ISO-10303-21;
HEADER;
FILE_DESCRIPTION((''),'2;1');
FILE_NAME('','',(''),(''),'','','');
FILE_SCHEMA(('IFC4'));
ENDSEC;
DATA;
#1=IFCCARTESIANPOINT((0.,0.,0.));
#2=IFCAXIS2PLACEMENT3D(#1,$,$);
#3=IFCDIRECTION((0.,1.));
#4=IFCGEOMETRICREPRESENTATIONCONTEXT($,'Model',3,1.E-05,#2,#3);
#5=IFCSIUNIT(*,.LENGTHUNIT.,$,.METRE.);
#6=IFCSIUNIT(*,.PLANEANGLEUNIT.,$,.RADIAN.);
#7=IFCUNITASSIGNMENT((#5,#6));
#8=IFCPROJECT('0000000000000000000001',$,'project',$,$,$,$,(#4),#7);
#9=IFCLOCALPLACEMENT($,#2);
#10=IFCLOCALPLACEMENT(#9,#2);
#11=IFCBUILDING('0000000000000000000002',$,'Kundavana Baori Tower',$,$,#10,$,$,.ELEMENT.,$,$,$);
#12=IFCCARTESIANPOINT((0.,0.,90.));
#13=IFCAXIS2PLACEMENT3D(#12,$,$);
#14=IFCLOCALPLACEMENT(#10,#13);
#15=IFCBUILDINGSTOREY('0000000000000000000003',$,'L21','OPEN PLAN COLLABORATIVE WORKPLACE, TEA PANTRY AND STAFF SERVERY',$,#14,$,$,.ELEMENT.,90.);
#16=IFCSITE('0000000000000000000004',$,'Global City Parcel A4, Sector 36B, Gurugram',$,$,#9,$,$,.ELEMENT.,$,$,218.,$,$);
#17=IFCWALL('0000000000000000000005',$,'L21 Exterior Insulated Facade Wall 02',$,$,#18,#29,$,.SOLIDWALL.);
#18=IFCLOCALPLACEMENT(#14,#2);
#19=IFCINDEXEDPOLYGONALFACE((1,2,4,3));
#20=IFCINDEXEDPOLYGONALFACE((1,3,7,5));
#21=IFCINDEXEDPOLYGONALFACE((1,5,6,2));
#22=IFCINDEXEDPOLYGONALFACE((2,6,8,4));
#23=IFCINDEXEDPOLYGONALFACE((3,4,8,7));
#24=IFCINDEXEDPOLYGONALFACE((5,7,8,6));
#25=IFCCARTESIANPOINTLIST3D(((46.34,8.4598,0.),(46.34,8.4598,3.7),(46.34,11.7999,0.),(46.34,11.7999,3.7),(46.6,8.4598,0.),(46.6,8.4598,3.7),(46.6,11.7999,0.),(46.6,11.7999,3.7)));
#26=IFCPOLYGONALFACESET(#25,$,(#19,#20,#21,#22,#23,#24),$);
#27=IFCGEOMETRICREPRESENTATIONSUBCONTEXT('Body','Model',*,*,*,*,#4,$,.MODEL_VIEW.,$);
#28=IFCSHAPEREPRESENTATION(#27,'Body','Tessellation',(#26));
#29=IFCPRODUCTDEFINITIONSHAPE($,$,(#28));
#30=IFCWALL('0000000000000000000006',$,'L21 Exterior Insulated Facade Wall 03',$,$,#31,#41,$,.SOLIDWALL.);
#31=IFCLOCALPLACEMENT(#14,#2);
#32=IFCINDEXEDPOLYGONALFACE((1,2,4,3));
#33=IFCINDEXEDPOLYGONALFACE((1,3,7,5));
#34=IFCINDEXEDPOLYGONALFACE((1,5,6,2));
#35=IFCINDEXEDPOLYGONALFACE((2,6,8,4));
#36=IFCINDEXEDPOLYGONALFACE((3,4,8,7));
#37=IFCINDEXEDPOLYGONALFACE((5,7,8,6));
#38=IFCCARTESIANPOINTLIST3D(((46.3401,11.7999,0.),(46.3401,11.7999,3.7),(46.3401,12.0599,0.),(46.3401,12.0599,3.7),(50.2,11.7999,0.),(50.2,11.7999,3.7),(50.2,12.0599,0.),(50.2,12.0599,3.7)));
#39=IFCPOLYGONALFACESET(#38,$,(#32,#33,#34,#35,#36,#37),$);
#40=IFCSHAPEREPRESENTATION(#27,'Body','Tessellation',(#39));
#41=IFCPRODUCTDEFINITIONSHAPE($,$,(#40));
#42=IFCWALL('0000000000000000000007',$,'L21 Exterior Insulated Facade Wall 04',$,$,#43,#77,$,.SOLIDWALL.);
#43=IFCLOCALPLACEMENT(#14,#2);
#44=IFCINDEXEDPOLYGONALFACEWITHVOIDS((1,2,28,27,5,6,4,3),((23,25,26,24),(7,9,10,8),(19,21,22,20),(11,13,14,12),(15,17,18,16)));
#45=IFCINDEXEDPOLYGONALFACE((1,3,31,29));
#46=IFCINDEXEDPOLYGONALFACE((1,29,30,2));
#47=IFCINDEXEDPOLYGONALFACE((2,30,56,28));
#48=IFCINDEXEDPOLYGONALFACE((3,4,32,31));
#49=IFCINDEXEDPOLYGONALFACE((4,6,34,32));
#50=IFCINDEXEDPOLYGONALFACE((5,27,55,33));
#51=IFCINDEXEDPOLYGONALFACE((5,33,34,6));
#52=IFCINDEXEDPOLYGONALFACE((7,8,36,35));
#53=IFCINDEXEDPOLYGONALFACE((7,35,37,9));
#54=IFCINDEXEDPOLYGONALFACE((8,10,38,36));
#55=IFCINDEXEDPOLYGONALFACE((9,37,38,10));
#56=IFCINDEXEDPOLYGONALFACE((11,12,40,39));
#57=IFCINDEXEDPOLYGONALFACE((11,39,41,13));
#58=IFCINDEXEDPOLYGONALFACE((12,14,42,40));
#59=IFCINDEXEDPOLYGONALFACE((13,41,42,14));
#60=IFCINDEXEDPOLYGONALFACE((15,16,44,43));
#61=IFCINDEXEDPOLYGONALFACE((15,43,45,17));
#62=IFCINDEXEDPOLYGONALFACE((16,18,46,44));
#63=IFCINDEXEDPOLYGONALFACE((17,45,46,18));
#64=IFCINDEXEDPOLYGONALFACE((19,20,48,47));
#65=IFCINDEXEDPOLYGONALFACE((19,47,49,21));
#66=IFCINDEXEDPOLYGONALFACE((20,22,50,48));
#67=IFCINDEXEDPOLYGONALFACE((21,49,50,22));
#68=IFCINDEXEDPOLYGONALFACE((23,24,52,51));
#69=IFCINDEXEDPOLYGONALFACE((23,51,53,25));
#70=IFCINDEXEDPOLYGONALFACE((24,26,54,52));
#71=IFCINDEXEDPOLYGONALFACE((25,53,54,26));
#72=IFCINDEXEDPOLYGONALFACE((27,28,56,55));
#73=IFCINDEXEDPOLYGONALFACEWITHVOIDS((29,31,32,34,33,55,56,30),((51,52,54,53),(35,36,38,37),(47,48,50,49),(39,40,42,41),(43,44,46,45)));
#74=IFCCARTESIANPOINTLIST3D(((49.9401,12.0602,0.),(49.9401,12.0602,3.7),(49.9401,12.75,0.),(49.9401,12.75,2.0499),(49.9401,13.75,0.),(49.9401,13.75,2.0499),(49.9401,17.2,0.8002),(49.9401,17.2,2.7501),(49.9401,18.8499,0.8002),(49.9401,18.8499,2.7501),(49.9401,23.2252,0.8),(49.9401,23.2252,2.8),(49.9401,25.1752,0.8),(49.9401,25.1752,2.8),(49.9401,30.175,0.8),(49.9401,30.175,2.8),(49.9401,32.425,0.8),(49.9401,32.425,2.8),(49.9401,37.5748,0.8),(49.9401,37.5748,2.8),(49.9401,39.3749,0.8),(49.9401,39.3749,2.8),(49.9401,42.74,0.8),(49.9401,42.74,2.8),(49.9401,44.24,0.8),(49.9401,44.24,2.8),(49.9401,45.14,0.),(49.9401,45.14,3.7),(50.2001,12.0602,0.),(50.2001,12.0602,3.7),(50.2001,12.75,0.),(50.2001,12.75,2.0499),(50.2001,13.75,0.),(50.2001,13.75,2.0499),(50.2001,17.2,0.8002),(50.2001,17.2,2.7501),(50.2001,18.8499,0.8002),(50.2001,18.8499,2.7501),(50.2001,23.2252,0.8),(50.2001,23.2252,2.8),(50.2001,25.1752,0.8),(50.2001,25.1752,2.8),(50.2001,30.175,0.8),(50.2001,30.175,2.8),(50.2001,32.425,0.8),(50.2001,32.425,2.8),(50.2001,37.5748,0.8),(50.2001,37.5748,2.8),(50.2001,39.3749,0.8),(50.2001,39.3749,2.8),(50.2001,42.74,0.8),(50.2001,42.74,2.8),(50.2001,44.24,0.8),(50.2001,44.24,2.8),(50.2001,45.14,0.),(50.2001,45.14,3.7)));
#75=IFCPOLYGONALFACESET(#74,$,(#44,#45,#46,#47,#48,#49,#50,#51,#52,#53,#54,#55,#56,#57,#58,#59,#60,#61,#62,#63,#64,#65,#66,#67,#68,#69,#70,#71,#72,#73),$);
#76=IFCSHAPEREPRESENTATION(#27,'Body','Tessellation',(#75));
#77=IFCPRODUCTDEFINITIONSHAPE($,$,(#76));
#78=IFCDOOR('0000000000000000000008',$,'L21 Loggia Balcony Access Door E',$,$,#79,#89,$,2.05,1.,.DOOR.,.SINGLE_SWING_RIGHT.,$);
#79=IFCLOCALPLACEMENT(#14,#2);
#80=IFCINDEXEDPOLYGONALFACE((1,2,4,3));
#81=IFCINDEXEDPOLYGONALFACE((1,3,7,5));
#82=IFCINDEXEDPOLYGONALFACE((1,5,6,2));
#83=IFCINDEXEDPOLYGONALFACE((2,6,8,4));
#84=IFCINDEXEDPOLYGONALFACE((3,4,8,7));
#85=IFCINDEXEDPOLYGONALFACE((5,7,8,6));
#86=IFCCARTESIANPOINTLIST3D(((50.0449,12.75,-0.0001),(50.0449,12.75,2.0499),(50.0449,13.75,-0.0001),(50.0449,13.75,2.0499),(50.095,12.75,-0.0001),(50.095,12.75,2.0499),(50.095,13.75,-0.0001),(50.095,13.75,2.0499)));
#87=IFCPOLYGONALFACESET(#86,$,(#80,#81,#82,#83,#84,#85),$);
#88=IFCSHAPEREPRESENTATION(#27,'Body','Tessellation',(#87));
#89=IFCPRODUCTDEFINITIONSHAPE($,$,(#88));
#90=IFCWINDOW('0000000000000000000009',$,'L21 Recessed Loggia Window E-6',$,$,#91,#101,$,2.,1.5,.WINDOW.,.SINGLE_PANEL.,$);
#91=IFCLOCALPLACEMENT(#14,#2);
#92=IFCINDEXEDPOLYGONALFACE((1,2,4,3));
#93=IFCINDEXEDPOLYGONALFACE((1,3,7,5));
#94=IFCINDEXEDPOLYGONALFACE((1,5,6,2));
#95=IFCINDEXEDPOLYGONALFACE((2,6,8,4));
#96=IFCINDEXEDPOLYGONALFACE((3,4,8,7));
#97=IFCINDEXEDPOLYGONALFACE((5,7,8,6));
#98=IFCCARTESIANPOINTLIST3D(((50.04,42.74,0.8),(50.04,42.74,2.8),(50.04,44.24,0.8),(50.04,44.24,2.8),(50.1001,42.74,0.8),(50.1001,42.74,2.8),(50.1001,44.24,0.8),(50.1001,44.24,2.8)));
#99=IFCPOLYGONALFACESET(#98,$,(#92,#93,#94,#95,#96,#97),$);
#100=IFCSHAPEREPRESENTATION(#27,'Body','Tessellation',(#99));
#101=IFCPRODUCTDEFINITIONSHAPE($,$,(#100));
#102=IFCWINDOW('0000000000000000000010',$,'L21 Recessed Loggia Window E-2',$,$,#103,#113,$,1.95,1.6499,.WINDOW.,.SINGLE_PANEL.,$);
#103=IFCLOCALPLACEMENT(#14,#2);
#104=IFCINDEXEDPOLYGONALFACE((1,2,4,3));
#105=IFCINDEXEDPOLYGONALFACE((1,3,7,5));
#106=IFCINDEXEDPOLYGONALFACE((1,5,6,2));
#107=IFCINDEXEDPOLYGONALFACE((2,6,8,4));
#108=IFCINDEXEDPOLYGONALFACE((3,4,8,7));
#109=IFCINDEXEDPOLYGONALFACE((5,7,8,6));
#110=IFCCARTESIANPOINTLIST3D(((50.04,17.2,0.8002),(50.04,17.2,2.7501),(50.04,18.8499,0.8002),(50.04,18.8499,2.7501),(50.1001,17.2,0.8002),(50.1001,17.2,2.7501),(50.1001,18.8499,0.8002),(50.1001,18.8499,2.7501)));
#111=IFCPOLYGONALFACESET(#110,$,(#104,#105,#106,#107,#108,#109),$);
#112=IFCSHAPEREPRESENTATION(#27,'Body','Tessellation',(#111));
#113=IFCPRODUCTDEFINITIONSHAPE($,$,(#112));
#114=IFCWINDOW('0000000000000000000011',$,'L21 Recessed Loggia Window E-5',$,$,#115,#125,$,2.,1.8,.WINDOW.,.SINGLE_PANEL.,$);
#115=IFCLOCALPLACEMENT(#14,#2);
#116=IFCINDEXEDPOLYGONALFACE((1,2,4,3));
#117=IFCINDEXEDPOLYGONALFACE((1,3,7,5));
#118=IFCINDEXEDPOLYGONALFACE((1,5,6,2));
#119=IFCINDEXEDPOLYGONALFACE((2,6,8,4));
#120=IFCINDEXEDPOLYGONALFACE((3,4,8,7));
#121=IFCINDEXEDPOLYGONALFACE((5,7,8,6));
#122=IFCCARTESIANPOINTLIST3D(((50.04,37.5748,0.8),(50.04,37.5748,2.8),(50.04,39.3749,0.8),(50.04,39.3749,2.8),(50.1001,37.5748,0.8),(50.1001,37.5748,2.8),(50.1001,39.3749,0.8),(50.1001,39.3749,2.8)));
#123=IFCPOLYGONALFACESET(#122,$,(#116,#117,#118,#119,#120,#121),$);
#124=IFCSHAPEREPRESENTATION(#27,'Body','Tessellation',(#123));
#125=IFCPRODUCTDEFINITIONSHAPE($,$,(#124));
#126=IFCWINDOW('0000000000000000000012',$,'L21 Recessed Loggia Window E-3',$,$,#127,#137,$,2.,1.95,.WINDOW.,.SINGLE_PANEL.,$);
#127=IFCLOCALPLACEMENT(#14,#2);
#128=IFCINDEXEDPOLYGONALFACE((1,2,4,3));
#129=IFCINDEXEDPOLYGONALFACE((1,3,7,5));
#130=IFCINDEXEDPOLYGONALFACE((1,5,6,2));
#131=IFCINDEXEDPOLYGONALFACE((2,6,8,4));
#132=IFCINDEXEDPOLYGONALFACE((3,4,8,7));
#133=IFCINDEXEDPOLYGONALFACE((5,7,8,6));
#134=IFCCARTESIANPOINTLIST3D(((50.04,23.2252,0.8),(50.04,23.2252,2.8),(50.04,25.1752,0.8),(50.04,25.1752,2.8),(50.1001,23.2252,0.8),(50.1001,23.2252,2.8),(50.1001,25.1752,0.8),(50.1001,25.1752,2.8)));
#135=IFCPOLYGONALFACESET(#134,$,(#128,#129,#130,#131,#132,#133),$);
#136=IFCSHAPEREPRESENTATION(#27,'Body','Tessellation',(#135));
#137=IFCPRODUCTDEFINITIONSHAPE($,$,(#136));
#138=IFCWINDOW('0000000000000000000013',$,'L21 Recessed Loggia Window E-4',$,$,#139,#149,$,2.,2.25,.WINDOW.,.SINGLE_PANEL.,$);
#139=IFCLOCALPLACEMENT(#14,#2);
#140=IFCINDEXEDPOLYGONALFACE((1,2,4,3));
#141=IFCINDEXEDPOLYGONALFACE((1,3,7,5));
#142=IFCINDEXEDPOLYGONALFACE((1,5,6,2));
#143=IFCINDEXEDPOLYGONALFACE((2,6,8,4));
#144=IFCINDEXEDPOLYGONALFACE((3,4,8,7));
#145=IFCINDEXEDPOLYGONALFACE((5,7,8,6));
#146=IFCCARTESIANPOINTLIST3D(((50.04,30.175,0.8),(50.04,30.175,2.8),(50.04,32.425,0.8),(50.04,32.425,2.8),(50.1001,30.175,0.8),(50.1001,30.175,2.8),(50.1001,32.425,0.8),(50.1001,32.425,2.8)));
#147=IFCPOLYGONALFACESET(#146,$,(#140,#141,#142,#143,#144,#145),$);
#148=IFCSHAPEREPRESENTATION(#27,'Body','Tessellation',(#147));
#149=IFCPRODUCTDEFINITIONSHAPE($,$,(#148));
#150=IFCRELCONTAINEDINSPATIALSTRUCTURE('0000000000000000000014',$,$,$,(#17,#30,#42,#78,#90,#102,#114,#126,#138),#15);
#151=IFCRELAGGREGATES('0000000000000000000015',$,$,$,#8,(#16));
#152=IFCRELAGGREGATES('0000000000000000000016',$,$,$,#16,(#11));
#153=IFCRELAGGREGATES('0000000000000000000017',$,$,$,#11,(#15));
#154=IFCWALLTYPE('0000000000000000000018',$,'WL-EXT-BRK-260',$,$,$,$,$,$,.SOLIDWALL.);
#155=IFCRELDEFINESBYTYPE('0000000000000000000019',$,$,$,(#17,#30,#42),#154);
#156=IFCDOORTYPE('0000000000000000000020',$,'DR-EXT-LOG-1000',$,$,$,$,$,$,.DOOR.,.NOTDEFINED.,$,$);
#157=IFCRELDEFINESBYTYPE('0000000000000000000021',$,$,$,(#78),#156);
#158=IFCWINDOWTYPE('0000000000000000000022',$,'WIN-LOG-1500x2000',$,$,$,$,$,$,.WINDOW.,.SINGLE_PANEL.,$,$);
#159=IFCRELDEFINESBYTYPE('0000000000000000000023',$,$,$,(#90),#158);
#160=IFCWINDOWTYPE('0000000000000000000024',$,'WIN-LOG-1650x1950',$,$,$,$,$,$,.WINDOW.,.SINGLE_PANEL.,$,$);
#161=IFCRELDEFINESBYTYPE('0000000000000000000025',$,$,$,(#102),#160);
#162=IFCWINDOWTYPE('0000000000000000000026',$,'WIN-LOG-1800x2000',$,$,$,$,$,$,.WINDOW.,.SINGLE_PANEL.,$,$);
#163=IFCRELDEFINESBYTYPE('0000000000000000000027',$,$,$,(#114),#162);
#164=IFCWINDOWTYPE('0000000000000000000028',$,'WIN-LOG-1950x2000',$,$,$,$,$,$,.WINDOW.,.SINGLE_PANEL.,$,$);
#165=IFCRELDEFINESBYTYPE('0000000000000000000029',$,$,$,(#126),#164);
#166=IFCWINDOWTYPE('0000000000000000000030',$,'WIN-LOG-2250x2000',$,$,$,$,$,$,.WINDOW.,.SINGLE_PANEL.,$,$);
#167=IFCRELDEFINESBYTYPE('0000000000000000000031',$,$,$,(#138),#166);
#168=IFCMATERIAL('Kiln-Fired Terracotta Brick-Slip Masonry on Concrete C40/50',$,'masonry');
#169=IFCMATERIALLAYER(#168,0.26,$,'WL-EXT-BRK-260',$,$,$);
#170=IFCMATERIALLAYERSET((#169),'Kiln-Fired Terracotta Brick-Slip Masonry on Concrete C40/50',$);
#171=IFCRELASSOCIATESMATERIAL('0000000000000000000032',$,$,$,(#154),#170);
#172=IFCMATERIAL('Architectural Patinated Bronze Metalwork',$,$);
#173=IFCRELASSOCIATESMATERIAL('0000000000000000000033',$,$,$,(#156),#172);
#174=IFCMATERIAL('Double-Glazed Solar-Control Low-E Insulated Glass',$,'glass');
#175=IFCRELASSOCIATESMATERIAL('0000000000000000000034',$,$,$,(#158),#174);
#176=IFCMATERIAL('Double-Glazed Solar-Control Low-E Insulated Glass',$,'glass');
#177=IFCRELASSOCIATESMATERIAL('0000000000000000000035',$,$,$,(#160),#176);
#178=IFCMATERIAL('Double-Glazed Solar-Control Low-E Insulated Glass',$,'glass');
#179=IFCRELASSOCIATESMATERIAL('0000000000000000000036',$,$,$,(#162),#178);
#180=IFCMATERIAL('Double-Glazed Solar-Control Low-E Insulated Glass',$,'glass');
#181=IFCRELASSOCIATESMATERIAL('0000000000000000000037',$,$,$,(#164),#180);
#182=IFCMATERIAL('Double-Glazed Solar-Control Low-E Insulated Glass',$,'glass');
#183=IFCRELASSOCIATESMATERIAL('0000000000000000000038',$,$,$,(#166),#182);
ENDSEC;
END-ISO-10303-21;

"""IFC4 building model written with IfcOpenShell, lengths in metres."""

from ifc_helpers import new_model, si_unit, direction, frame, frame_2d, origin, place, context, subcontext, project, spatial, rectangle, extrude, material, layer, layer_set, type_object, element, fill, save


model = new_model("IFC4")

# Units and contexts
model_context = context("Model", 3, precision=1e-05, world=origin(), true_north=direction((0.0, 1.0)))
body_context = subcontext(model_context, "Body", "Model", "MODEL_VIEW")
ifc_project = project(units=[si_unit("LENGTHUNIT", "METRE"), si_unit("PLANEANGLEUNIT", "RADIAN")], contexts=[model_context])

# Site, building, storey
site_placement = place(None, origin())
site = spatial("IfcSite", under=ifc_project, at=site_placement, Name="Global City Parcel A4, Sector 36B, Gurugram", CompositionType="ELEMENT", RefElevation=218.0)
building_placement = place(site_placement, origin())
building = spatial("IfcBuilding", under=site, at=building_placement, Name="Kundavana Baori Tower", CompositionType="ELEMENT")
storey_placement = place(building_placement, frame((0.0, 0.0, 90.0)))
storey = spatial("IfcBuildingStorey", under=building, at=storey_placement, Name="L21", Description="OPEN PLAN COLLABORATIVE WORKPLACE, TEA PANTRY AND STAFF SERVERY", CompositionType="ELEMENT", Elevation=90.0)

# Walls
ifc_material_1 = material(Name="Kiln-Fired Terracotta Brick-Slip Masonry on Concrete C40/50", Category="masonry")
ifc_layer_1 = layer(ifc_material_1, 0.26, Name="WL-EXT-BRK-260")
ifc_layer_set_1 = layer_set([ifc_layer_1], Name="Kiln-Fired Terracotta Brick-Slip Masonry on Concrete C40/50")
wall_type_1 = type_object("IfcWallType", Name="WL-EXT-BRK-260", PredefinedType="SOLIDWALL", material=ifc_layer_set_1)
wall_1_placement = place(storey_placement, frame((46.47, 8.46, 0.0), z_axis=(0.0, 0.0, 1.0), x_axis=(0.0, 1.0, 0.0)))
element("IfcWall", 1, at=wall_1_placement, inside=storey, type_object=wall_type_1, Name="L21 Exterior Insulated Facade Wall 02", PredefinedType="SOLIDWALL", context=body_context, shape_type="SweptSolid", body=[
    extrude(rectangle(XDim=3.3401, YDim=0.26, at=frame_2d((1.6699, 0.0))), origin(), (0.0, 0.0, 1.0), 3.7),
])
wall_2_placement = place(storey_placement, frame((46.3401, 11.9299, 0.0), z_axis=(0.0, 0.0, 1.0), x_axis=(1.0, 0.0, 0.0)))
element("IfcWall", 2, at=wall_2_placement, inside=storey, type_object=wall_type_1, Name="L21 Exterior Insulated Facade Wall 03", PredefinedType="SOLIDWALL", context=body_context, shape_type="SweptSolid", body=[
    extrude(rectangle(XDim=3.8599, YDim=0.26, at=frame_2d((1.9299, 0.0))), origin(), (0.0, 0.0, 1.0), 3.7),
])

# Wall, openings, door, windows
wall_3_placement = place(storey_placement, frame((50.0701, 12.0601, 0.0), z_axis=(0.0, 0.0, 1.0), x_axis=(0.0, 1.0, 0.0)))
wall_3 = element("IfcWall", 3, at=wall_3_placement, inside=storey, type_object=wall_type_1, Name="L21 Exterior Insulated Facade Wall 04", PredefinedType="SOLIDWALL", context=body_context, shape_type="SweptSolid", body=[
    extrude(rectangle(XDim=33.0798, YDim=0.26, at=frame_2d((16.54, 0.0))), origin(), (0.0, 0.0, 1.0), 3.7),
])
opening_1_placement = place(wall_3_placement, frame((0.6899, 0.0, 0.0)))
opening_1 = element("IfcOpeningElement", 4, at=opening_1_placement, cuts=wall_3, PredefinedType="OPENING", context=body_context, shape_type="SweptSolid", body=[
    extrude(rectangle(XDim=1.0, YDim=2.05, at=frame_2d((0.5, 1.0249))), frame((0.0, 0.1401, 0.0), z_axis=(0.0, -1.0, 0.0), x_axis=(1.0, 0.0, 0.0)), (0.0, 0.0, 1.0), 0.28),
])
opening_2_placement = place(wall_3_placement, frame((5.1399, 0.0, 0.8)))
opening_2 = element("IfcOpeningElement", 5, at=opening_2_placement, cuts=wall_3, PredefinedType="OPENING", context=body_context, shape_type="SweptSolid", body=[
    extrude(rectangle(XDim=1.6499, YDim=1.95, at=frame_2d((0.825, 0.9751))), frame((0.0, 0.1401, 0.0), z_axis=(0.0, -1.0, 0.0), x_axis=(1.0, 0.0, 0.0)), (0.0, 0.0, 1.0), 0.28),
])
opening_3_placement = place(wall_3_placement, frame((11.165, 0.0, 0.8)))
opening_3 = element("IfcOpeningElement", 6, at=opening_3_placement, cuts=wall_3, PredefinedType="OPENING", context=body_context, shape_type="SweptSolid", body=[
    extrude(rectangle(XDim=1.95, YDim=2.0, at=frame_2d((0.9751, 1.0))), frame((0.0, 0.1401, 0.0), z_axis=(0.0, -1.0, 0.0), x_axis=(1.0, 0.0, 0.0)), (0.0, 0.0, 1.0), 0.28),
])
opening_4_placement = place(wall_3_placement, frame((18.115, 0.0, 0.8)))
opening_4 = element("IfcOpeningElement", 7, at=opening_4_placement, cuts=wall_3, PredefinedType="OPENING", context=body_context, shape_type="SweptSolid", body=[
    extrude(rectangle(XDim=2.25, YDim=2.0, at=frame_2d((1.125, 1.0))), frame((0.0, 0.1401, 0.0), z_axis=(0.0, -1.0, 0.0), x_axis=(1.0, 0.0, 0.0)), (0.0, 0.0, 1.0), 0.28),
])
opening_5_placement = place(wall_3_placement, frame((25.5149, 0.0, 0.8)))
opening_5 = element("IfcOpeningElement", 8, at=opening_5_placement, cuts=wall_3, PredefinedType="OPENING", context=body_context, shape_type="SweptSolid", body=[
    extrude(rectangle(XDim=1.8, YDim=2.0, at=frame_2d((0.8999, 1.0))), frame((0.0, 0.1401, 0.0), z_axis=(0.0, -1.0, 0.0), x_axis=(1.0, 0.0, 0.0)), (0.0, 0.0, 1.0), 0.28),
])
opening_6_placement = place(wall_3_placement, frame((30.6799, 0.0, 0.8)))
opening_6 = element("IfcOpeningElement", 9, at=opening_6_placement, cuts=wall_3, PredefinedType="OPENING", context=body_context, shape_type="SweptSolid", body=[
    extrude(rectangle(XDim=1.5, YDim=2.0, at=frame_2d((0.75, 1.0))), frame((0.0, 0.1401, 0.0), z_axis=(0.0, -1.0, 0.0), x_axis=(1.0, 0.0, 0.0)), (0.0, 0.0, 1.0), 0.28),
])
ifc_material_2 = material(Name="Architectural Patinated Bronze Metalwork")
door_type_1 = type_object("IfcDoorType", Name="DR-EXT-LOG-1000", OperationType="NOTDEFINED", PredefinedType="DOOR", material=ifc_material_2)
door_1_placement = place(opening_1_placement, frame((1.0, 0.0, 0.0), z_axis=(0.0, 0.0, 1.0), x_axis=(-1.0, 0.0, 0.0)))
door_1 = element("IfcDoor", 10, at=door_1_placement, inside=storey, type_object=door_type_1, Name="L21 Loggia Balcony Access Door E", OperationType="SINGLE_SWING_RIGHT", OverallHeight=2.05, OverallWidth=1.0, PredefinedType="DOOR", context=body_context, shape_type="SweptSolid", body=[
    extrude(rectangle(XDim=1.0, YDim=2.05, at=frame_2d((0.5, 1.0249))), frame((0.0, 0.0249, 0.0), z_axis=(0.0, -1.0, 0.0), x_axis=(1.0, 0.0, 0.0)), (0.0, 0.0, 1.0), 0.05),
])
fill(opening_1, door_1)
ifc_material_3 = material(Name="Double-Glazed Solar-Control Low-E Insulated Glass", Category="glass")
window_type_1 = type_object("IfcWindowType", Name="WIN-LOG-1500x2000", PartitioningType="SINGLE_PANEL", PredefinedType="WINDOW", material=ifc_material_3)
window_1_placement = place(opening_6_placement, origin())
window_1 = element("IfcWindow", 11, at=window_1_placement, inside=storey, type_object=window_type_1, Name="L21 Recessed Loggia Window E-6", OverallHeight=2.0, OverallWidth=1.5, PartitioningType="SINGLE_PANEL", PredefinedType="WINDOW", context=body_context, shape_type="SweptSolid", body=[
    extrude(rectangle(XDim=1.5, YDim=2.0, at=frame_2d((0.75, 1.0))), frame((0.0, 0.03, 0.0), z_axis=(0.0, -1.0, 0.0), x_axis=(1.0, 0.0, 0.0)), (0.0, 0.0, 1.0), 0.0601),
])
fill(opening_6, window_1)
ifc_material_4 = material(Name="Double-Glazed Solar-Control Low-E Insulated Glass", Category="glass")
window_type_2 = type_object("IfcWindowType", Name="WIN-LOG-1650x1950", PartitioningType="SINGLE_PANEL", PredefinedType="WINDOW", material=ifc_material_4)
window_2_placement = place(opening_2_placement, origin())
window_2 = element("IfcWindow", 12, at=window_2_placement, inside=storey, type_object=window_type_2, Name="L21 Recessed Loggia Window E-2", OverallHeight=1.95, OverallWidth=1.6499, PartitioningType="SINGLE_PANEL", PredefinedType="WINDOW", context=body_context, shape_type="SweptSolid", body=[
    extrude(rectangle(XDim=1.6499, YDim=1.95, at=frame_2d((0.825, 0.9751))), frame((0.0, 0.03, 0.0), z_axis=(0.0, -1.0, 0.0), x_axis=(1.0, 0.0, 0.0)), (0.0, 0.0, 1.0), 0.0601),
])
fill(opening_2, window_2)
ifc_material_5 = material(Name="Double-Glazed Solar-Control Low-E Insulated Glass", Category="glass")
window_type_3 = type_object("IfcWindowType", Name="WIN-LOG-1800x2000", PartitioningType="SINGLE_PANEL", PredefinedType="WINDOW", material=ifc_material_5)
window_3_placement = place(opening_5_placement, origin())
window_3 = element("IfcWindow", 13, at=window_3_placement, inside=storey, type_object=window_type_3, Name="L21 Recessed Loggia Window E-5", OverallHeight=2.0, OverallWidth=1.8, PartitioningType="SINGLE_PANEL", PredefinedType="WINDOW", context=body_context, shape_type="SweptSolid", body=[
    extrude(rectangle(XDim=1.8, YDim=2.0, at=frame_2d((0.8999, 1.0))), frame((0.0, 0.03, 0.0), z_axis=(0.0, -1.0, 0.0), x_axis=(1.0, 0.0, 0.0)), (0.0, 0.0, 1.0), 0.0601),
])
fill(opening_5, window_3)
ifc_material_6 = material(Name="Double-Glazed Solar-Control Low-E Insulated Glass", Category="glass")
window_type_4 = type_object("IfcWindowType", Name="WIN-LOG-1950x2000", PartitioningType="SINGLE_PANEL", PredefinedType="WINDOW", material=ifc_material_6)
window_4_placement = place(opening_3_placement, origin())
window_4 = element("IfcWindow", 14, at=window_4_placement, inside=storey, type_object=window_type_4, Name="L21 Recessed Loggia Window E-3", OverallHeight=2.0, OverallWidth=1.95, PartitioningType="SINGLE_PANEL", PredefinedType="WINDOW", context=body_context, shape_type="SweptSolid", body=[
    extrude(rectangle(XDim=1.95, YDim=2.0, at=frame_2d((0.9751, 1.0))), frame((0.0, 0.03, 0.0), z_axis=(0.0, -1.0, 0.0), x_axis=(1.0, 0.0, 0.0)), (0.0, 0.0, 1.0), 0.0601),
])
fill(opening_3, window_4)
ifc_material_7 = material(Name="Double-Glazed Solar-Control Low-E Insulated Glass", Category="glass")
window_type_5 = type_object("IfcWindowType", Name="WIN-LOG-2250x2000", PartitioningType="SINGLE_PANEL", PredefinedType="WINDOW", material=ifc_material_7)
window_5_placement = place(opening_4_placement, origin())
window_5 = element("IfcWindow", 15, at=window_5_placement, inside=storey, type_object=window_type_5, Name="L21 Recessed Loggia Window E-4", OverallHeight=2.0, OverallWidth=2.25, PartitioningType="SINGLE_PANEL", PredefinedType="WINDOW", context=body_context, shape_type="SweptSolid", body=[
    extrude(rectangle(XDim=2.25, YDim=2.0, at=frame_2d((1.125, 1.0))), frame((0.0, 0.03, 0.0), z_axis=(0.0, -1.0, 0.0), x_axis=(1.0, 0.0, 0.0)), (0.0, 0.0, 1.0), 0.0601),
])
fill(opening_4, window_5)

save(model, "model.ifc")
